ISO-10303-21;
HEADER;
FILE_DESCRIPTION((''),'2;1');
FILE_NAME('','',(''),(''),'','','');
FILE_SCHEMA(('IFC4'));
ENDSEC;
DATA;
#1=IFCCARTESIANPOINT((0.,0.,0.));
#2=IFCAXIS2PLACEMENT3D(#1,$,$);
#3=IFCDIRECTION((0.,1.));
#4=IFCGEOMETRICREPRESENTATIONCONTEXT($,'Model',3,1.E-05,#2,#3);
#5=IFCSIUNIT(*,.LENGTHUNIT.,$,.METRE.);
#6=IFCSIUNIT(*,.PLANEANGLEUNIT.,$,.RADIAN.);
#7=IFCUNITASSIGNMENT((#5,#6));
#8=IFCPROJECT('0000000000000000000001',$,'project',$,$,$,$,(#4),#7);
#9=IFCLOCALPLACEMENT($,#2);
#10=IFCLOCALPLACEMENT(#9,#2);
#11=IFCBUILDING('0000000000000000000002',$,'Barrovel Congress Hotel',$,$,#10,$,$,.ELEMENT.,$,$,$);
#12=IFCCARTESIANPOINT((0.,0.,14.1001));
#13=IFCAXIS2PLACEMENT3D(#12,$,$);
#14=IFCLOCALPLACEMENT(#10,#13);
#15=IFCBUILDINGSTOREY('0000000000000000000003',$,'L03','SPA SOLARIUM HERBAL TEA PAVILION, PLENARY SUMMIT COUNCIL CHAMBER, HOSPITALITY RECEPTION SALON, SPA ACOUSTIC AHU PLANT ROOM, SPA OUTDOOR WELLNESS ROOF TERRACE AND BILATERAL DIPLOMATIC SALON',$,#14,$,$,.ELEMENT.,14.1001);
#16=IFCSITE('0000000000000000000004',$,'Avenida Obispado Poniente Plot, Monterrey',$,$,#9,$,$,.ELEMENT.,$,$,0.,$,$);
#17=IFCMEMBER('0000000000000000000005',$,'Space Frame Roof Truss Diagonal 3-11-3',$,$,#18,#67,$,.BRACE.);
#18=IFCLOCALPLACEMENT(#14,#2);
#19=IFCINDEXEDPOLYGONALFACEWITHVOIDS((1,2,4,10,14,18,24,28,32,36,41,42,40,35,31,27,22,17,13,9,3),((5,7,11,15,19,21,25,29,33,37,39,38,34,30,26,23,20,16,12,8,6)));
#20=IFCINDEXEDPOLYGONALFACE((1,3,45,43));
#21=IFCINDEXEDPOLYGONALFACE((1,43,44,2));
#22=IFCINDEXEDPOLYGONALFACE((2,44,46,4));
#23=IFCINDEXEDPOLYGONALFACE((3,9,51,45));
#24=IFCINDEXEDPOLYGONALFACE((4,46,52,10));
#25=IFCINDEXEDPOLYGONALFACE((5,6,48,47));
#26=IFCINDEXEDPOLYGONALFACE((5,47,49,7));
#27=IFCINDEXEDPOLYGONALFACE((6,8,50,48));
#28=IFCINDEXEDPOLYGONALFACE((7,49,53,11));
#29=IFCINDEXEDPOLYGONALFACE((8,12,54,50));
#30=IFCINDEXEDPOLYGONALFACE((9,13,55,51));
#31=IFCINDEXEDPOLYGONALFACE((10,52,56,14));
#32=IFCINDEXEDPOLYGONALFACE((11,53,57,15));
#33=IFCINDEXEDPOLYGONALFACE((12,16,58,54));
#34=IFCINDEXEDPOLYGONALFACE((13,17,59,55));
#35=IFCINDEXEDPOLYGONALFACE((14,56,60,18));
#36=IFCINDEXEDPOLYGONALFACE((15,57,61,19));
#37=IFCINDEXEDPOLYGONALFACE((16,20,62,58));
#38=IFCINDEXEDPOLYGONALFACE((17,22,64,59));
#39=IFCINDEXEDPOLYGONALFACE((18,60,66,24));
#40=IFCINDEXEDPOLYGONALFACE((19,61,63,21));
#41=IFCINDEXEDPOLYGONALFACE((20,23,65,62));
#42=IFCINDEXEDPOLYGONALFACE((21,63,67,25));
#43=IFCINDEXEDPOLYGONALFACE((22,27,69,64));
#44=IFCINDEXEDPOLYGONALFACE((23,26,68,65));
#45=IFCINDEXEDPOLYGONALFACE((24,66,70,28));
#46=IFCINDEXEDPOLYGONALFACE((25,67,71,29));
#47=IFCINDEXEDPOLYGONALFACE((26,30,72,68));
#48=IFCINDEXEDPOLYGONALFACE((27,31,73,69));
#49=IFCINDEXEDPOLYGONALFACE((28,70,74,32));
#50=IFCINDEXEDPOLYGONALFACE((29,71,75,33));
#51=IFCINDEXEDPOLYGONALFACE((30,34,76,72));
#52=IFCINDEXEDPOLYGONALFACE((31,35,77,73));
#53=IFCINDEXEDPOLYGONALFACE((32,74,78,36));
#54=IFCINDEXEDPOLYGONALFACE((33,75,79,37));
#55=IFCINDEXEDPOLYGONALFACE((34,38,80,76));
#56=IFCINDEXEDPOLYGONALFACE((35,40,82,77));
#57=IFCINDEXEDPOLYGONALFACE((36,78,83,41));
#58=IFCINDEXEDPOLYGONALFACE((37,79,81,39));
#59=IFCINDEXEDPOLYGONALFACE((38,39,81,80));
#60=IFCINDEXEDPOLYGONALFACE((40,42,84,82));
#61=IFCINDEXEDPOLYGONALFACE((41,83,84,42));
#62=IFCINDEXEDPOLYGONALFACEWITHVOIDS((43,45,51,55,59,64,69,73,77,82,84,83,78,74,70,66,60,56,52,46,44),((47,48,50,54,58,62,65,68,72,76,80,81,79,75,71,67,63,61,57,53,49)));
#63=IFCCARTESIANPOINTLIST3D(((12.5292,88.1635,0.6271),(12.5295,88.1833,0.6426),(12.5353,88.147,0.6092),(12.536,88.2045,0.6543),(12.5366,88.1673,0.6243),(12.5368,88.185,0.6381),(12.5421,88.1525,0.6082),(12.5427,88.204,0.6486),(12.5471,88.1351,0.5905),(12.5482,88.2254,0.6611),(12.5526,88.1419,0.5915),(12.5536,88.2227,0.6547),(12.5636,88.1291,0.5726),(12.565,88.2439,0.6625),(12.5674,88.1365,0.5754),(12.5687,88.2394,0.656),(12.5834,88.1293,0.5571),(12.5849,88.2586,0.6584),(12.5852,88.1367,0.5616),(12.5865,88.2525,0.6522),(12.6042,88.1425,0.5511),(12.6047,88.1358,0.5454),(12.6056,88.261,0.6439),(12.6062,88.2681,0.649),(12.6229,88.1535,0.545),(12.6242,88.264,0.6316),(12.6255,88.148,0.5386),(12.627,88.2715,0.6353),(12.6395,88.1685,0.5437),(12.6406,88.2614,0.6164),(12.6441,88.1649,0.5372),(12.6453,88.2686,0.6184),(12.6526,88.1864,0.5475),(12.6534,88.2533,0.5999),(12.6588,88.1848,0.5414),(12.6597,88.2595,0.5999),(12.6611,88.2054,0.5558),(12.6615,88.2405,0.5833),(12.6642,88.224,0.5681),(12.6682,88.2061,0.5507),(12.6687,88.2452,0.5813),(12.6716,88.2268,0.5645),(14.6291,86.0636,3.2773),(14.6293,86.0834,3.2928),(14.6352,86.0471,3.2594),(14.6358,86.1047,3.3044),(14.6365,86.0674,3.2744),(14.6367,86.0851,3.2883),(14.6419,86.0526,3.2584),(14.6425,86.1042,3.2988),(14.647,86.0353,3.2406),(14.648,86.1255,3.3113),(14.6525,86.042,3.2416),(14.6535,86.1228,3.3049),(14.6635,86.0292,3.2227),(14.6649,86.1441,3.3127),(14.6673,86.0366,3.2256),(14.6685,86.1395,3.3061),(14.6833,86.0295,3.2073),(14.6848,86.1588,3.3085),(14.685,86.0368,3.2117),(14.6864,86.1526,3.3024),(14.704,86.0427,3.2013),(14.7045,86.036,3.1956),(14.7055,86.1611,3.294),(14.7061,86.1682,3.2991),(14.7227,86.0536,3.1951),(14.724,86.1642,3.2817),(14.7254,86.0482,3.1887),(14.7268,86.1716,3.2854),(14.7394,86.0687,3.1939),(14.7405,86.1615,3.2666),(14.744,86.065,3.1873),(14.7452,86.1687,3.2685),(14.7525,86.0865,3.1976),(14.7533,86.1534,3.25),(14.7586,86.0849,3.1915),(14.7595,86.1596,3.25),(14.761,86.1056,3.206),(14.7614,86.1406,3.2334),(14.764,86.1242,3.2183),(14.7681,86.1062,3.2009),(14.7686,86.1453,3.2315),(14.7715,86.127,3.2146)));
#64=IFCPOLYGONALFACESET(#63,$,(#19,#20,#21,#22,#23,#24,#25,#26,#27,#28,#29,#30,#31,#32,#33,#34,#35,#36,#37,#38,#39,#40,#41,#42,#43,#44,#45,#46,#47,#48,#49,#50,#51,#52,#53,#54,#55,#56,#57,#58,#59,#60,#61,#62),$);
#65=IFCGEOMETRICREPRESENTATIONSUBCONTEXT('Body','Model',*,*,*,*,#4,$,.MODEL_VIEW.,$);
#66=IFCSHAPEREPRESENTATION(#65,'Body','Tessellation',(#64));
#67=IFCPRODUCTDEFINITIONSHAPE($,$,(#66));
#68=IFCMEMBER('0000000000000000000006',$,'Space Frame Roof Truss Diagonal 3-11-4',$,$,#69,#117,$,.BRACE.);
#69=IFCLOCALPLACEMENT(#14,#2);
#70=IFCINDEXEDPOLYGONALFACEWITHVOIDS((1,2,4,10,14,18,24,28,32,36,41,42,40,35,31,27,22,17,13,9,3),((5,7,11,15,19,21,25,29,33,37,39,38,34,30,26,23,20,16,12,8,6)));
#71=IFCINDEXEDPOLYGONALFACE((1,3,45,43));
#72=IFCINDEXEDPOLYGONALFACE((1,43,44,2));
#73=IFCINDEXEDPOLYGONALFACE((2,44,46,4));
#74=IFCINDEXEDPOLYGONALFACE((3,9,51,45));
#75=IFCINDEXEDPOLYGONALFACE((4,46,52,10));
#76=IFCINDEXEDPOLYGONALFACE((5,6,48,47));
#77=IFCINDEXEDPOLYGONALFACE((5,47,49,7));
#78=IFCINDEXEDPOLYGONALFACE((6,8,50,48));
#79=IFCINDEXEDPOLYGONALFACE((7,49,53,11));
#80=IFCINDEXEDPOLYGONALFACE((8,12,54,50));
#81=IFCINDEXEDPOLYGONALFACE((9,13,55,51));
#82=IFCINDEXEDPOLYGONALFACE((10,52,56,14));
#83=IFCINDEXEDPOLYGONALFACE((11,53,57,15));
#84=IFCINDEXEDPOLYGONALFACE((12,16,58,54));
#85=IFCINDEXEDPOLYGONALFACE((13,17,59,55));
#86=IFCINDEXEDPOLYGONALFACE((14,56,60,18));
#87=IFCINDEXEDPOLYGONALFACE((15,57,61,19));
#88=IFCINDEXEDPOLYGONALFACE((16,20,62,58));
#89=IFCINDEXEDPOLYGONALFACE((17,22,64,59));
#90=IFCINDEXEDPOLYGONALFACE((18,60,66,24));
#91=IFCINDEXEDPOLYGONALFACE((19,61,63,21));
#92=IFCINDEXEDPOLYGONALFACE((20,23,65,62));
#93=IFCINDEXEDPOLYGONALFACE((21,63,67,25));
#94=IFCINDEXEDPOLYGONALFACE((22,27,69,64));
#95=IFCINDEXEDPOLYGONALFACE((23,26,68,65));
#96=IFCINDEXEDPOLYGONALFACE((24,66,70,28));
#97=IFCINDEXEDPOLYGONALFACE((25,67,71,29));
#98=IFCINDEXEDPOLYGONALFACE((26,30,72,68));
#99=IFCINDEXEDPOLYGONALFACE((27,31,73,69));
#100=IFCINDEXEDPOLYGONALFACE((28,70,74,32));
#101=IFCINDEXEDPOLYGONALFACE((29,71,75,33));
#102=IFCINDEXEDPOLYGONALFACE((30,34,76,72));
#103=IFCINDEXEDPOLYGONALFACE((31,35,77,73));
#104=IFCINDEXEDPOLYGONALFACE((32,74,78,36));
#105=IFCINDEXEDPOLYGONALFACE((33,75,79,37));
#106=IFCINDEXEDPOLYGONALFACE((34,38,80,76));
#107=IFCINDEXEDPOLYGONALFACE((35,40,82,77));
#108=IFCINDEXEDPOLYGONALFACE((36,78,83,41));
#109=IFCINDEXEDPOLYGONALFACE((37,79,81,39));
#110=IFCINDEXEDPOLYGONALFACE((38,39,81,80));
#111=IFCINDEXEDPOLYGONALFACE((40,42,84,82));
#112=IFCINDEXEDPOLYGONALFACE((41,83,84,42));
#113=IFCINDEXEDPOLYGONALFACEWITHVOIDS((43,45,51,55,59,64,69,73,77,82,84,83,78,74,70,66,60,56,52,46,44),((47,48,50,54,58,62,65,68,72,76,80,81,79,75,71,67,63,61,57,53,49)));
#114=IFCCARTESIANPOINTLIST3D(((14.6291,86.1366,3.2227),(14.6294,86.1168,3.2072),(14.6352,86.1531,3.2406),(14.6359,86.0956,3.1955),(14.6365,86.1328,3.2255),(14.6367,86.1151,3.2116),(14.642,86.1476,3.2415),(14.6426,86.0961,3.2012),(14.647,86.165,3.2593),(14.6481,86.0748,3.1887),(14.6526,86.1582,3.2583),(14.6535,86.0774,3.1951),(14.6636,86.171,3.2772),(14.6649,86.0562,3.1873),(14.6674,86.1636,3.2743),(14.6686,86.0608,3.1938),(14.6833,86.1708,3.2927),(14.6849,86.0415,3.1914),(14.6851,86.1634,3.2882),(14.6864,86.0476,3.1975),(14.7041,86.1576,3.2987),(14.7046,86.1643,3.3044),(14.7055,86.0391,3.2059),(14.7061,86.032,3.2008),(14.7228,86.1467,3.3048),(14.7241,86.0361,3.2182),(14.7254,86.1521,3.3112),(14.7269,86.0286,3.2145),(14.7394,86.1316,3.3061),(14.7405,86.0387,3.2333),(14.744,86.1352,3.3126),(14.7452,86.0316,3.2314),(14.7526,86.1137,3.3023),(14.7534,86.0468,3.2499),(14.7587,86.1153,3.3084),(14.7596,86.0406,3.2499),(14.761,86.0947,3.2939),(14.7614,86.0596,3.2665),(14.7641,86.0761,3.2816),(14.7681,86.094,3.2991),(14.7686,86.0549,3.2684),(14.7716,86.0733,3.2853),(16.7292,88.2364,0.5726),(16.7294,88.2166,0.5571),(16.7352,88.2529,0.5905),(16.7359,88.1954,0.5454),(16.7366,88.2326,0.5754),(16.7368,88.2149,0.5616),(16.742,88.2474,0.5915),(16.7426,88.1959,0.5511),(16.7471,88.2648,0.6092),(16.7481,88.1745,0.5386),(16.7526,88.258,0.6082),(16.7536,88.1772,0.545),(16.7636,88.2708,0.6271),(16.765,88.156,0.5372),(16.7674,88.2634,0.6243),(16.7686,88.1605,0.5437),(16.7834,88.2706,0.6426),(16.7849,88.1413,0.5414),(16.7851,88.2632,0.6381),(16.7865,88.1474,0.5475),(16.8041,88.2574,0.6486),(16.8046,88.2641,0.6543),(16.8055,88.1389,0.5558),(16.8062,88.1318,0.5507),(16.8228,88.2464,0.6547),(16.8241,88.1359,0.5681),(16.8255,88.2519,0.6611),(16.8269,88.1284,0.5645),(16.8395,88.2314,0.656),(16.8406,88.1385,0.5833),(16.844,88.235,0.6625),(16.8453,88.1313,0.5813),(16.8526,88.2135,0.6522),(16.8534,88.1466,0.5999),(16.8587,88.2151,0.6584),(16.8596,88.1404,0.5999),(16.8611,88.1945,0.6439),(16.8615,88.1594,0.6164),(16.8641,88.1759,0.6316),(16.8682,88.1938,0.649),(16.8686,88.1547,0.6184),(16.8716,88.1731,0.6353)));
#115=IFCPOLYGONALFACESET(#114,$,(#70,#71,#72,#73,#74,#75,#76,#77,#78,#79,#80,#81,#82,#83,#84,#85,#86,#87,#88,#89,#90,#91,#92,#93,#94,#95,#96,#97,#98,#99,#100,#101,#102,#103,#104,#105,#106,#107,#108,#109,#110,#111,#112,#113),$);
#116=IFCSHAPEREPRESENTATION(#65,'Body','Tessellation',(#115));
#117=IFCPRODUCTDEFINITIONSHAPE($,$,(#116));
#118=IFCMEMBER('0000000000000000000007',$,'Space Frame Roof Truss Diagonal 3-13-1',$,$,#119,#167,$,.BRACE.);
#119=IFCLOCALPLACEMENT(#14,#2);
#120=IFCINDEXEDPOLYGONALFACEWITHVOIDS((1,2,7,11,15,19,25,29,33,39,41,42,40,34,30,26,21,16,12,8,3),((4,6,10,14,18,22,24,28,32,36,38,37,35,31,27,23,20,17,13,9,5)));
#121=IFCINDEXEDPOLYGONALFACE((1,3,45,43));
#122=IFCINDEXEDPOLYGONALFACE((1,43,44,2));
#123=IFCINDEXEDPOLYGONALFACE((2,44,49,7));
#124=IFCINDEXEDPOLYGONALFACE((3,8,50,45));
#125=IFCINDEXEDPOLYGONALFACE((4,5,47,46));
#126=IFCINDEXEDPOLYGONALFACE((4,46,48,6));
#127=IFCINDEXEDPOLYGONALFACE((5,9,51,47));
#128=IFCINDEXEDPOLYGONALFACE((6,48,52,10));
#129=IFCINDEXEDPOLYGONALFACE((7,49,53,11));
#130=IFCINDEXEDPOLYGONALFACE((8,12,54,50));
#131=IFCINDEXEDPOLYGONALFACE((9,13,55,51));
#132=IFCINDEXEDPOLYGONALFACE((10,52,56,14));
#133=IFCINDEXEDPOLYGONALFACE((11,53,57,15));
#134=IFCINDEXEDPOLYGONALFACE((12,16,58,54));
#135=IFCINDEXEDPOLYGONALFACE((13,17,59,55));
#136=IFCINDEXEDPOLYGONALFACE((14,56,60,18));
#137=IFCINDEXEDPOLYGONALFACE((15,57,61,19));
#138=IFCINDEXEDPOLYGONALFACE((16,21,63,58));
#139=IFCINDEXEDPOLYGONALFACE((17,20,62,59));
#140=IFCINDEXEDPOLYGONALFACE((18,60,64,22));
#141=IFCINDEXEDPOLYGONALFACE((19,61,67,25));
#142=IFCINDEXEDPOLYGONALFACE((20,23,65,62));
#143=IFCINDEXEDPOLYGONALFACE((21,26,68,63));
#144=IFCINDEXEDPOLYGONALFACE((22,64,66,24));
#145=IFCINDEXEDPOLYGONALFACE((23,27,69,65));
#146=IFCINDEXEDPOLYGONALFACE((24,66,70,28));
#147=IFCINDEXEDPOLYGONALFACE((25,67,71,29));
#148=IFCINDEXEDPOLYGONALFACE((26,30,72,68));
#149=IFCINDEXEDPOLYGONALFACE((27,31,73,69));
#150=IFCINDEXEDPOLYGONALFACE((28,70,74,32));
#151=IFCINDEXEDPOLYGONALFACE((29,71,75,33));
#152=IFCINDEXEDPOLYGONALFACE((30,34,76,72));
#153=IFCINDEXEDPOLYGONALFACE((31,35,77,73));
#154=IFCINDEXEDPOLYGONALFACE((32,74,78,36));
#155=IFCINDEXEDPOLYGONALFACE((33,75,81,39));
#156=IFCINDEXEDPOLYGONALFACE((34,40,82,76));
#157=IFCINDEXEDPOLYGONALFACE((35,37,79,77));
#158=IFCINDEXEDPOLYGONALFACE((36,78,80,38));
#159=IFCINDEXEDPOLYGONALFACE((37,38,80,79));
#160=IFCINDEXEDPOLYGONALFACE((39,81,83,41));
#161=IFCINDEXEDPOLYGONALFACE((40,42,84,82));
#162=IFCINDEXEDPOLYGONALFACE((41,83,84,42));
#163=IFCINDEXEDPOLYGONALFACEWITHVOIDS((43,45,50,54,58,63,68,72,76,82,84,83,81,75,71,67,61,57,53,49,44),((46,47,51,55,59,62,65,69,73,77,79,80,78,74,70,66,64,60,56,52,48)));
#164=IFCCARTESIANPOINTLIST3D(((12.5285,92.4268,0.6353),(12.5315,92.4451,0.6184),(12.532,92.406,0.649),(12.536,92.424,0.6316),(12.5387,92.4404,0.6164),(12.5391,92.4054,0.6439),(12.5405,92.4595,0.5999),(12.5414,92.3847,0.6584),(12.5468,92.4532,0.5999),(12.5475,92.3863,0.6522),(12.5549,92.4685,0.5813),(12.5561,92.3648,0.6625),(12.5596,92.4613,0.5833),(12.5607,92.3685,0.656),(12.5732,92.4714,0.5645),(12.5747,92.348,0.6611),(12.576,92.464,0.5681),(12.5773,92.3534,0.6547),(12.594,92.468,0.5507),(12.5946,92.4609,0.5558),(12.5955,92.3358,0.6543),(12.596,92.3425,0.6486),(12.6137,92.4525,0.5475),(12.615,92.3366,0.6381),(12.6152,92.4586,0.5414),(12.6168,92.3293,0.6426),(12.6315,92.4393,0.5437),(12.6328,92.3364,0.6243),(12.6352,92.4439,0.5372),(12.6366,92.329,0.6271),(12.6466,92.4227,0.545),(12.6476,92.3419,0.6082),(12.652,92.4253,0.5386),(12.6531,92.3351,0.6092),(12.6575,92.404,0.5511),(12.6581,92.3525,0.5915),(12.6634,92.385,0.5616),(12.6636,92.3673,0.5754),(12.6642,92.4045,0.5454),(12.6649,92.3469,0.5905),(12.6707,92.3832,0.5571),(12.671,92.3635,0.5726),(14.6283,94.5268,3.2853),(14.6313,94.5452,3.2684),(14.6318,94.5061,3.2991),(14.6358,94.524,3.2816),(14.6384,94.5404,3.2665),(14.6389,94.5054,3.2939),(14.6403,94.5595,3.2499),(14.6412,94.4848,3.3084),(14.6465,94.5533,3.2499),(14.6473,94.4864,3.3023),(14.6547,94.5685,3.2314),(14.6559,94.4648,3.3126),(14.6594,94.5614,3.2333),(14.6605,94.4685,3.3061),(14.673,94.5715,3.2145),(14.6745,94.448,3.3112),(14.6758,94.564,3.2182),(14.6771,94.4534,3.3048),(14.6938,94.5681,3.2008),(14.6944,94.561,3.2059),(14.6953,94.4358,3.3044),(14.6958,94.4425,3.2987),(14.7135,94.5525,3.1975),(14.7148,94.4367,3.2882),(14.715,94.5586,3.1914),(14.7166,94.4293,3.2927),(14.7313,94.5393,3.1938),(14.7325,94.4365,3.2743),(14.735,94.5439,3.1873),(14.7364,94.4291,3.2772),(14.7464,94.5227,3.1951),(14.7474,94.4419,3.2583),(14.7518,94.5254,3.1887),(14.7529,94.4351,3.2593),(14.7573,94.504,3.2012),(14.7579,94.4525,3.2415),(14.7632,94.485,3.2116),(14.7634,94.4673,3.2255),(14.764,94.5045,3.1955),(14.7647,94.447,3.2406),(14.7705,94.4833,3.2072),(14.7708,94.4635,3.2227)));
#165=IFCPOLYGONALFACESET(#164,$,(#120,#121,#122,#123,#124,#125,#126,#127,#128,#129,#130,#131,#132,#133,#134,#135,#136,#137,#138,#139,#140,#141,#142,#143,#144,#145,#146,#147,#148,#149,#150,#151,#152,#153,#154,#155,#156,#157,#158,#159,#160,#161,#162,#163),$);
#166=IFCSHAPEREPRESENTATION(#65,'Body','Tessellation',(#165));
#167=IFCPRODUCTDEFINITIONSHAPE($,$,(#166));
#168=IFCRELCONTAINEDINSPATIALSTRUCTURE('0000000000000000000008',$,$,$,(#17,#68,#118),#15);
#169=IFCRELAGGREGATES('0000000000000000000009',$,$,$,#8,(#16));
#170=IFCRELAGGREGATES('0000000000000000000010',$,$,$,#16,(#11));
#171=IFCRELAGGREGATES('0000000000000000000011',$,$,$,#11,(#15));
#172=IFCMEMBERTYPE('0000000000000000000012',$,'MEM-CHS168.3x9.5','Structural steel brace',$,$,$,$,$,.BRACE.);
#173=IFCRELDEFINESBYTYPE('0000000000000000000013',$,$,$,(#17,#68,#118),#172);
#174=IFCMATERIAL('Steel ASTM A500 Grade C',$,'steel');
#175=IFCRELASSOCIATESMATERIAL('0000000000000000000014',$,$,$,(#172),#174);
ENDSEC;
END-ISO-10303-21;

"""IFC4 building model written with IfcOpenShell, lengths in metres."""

from ifc_helpers import new_model, si_unit, direction, frame, origin, origin_2d, place, context, subcontext, project, spatial, hollow_circle, extrude, material, material_profile, profile_set, type_object, element, save


model = new_model("IFC4")

# Units and contexts
model_context = context("Model", 3, precision=1e-05, world=origin(), true_north=direction((0.0, 1.0)))
body_context = subcontext(model_context, "Body", "Model", "MODEL_VIEW")
ifc_project = project(units=[si_unit("LENGTHUNIT", "METRE"), si_unit("PLANEANGLEUNIT", "RADIAN")], contexts=[model_context])

# Site, building, storey
site_placement = place(None, origin())
site = spatial("IfcSite", under=ifc_project, at=site_placement, Name="Avenida Obispado Poniente Plot, Monterrey", CompositionType="ELEMENT", RefElevation=0.0)
building_placement = place(site_placement, origin())
building = spatial("IfcBuilding", under=site, at=building_placement, Name="Barrovel Congress Hotel", CompositionType="ELEMENT")
storey_placement = place(building_placement, frame((0.0, 0.0, 14.1001)))
storey = spatial("IfcBuildingStorey", under=building, at=storey_placement, Name="L03", Description="SPA SOLARIUM HERBAL TEA PAVILION, PLENARY SUMMIT COUNCIL CHAMBER, HOSPITALITY RECEPTION SALON, SPA ACOUSTIC AHU PLANT ROOM, SPA OUTDOOR WELLNESS ROOF TERRACE AND BILATERAL DIPLOMATIC SALON", CompositionType="ELEMENT", Elevation=14.1001)

# Members
ifc_material_1 = material(Name="Steel ASTM A500 Grade C", Category="steel")
ifc_material_profile_1 = material_profile(ifc_material_1, hollow_circle(Radius=0.0842, WallThickness=0.0088, at=origin_2d()), Name="CHS168.3x9.5")
ifc_profile_set_1 = profile_set([ifc_material_profile_1], Name="Steel ASTM A500 Grade C")
member_type_1 = type_object("IfcMemberType", Name="MEM-CHS168.3x9.5", Description="Structural steel brace", PredefinedType="BRACE", material=ifc_profile_set_1)
for number, where, z_axis, x_axis, name in (
    (1, (12.6001, 88.2, 0.5999), (0.527574, -0.527574, 0.665831), (0.707107, 0.707107, 0.0), "Space Frame Roof Truss Diagonal 3-11-3"),
    (2, (16.8, 88.2, 0.5999), (-0.527618, -0.527557, 0.66581), (0.707066, -0.707148, 0.0), "Space Frame Roof Truss Diagonal 3-11-4"),
    (3, (12.6001, 92.3999, 0.5999), (0.527557, 0.527618, 0.66581), (-0.707148, 0.707066, 0.0), "Space Frame Roof Truss Diagonal 3-13-1"),
):
    element("IfcMember", number, at=place(storey_placement, frame(where, z_axis=z_axis, x_axis=x_axis)), inside=storey, type_object=member_type_1, Name=name, PredefinedType="BRACE", context=body_context, shape_type="SweptSolid", body=[
        extrude(hollow_circle(Radius=0.0842, WallThickness=0.0088, at=origin_2d()), origin(), (0.0, 0.0, 1.0), 3.9802),
    ])

save(model, "model.ifc")
